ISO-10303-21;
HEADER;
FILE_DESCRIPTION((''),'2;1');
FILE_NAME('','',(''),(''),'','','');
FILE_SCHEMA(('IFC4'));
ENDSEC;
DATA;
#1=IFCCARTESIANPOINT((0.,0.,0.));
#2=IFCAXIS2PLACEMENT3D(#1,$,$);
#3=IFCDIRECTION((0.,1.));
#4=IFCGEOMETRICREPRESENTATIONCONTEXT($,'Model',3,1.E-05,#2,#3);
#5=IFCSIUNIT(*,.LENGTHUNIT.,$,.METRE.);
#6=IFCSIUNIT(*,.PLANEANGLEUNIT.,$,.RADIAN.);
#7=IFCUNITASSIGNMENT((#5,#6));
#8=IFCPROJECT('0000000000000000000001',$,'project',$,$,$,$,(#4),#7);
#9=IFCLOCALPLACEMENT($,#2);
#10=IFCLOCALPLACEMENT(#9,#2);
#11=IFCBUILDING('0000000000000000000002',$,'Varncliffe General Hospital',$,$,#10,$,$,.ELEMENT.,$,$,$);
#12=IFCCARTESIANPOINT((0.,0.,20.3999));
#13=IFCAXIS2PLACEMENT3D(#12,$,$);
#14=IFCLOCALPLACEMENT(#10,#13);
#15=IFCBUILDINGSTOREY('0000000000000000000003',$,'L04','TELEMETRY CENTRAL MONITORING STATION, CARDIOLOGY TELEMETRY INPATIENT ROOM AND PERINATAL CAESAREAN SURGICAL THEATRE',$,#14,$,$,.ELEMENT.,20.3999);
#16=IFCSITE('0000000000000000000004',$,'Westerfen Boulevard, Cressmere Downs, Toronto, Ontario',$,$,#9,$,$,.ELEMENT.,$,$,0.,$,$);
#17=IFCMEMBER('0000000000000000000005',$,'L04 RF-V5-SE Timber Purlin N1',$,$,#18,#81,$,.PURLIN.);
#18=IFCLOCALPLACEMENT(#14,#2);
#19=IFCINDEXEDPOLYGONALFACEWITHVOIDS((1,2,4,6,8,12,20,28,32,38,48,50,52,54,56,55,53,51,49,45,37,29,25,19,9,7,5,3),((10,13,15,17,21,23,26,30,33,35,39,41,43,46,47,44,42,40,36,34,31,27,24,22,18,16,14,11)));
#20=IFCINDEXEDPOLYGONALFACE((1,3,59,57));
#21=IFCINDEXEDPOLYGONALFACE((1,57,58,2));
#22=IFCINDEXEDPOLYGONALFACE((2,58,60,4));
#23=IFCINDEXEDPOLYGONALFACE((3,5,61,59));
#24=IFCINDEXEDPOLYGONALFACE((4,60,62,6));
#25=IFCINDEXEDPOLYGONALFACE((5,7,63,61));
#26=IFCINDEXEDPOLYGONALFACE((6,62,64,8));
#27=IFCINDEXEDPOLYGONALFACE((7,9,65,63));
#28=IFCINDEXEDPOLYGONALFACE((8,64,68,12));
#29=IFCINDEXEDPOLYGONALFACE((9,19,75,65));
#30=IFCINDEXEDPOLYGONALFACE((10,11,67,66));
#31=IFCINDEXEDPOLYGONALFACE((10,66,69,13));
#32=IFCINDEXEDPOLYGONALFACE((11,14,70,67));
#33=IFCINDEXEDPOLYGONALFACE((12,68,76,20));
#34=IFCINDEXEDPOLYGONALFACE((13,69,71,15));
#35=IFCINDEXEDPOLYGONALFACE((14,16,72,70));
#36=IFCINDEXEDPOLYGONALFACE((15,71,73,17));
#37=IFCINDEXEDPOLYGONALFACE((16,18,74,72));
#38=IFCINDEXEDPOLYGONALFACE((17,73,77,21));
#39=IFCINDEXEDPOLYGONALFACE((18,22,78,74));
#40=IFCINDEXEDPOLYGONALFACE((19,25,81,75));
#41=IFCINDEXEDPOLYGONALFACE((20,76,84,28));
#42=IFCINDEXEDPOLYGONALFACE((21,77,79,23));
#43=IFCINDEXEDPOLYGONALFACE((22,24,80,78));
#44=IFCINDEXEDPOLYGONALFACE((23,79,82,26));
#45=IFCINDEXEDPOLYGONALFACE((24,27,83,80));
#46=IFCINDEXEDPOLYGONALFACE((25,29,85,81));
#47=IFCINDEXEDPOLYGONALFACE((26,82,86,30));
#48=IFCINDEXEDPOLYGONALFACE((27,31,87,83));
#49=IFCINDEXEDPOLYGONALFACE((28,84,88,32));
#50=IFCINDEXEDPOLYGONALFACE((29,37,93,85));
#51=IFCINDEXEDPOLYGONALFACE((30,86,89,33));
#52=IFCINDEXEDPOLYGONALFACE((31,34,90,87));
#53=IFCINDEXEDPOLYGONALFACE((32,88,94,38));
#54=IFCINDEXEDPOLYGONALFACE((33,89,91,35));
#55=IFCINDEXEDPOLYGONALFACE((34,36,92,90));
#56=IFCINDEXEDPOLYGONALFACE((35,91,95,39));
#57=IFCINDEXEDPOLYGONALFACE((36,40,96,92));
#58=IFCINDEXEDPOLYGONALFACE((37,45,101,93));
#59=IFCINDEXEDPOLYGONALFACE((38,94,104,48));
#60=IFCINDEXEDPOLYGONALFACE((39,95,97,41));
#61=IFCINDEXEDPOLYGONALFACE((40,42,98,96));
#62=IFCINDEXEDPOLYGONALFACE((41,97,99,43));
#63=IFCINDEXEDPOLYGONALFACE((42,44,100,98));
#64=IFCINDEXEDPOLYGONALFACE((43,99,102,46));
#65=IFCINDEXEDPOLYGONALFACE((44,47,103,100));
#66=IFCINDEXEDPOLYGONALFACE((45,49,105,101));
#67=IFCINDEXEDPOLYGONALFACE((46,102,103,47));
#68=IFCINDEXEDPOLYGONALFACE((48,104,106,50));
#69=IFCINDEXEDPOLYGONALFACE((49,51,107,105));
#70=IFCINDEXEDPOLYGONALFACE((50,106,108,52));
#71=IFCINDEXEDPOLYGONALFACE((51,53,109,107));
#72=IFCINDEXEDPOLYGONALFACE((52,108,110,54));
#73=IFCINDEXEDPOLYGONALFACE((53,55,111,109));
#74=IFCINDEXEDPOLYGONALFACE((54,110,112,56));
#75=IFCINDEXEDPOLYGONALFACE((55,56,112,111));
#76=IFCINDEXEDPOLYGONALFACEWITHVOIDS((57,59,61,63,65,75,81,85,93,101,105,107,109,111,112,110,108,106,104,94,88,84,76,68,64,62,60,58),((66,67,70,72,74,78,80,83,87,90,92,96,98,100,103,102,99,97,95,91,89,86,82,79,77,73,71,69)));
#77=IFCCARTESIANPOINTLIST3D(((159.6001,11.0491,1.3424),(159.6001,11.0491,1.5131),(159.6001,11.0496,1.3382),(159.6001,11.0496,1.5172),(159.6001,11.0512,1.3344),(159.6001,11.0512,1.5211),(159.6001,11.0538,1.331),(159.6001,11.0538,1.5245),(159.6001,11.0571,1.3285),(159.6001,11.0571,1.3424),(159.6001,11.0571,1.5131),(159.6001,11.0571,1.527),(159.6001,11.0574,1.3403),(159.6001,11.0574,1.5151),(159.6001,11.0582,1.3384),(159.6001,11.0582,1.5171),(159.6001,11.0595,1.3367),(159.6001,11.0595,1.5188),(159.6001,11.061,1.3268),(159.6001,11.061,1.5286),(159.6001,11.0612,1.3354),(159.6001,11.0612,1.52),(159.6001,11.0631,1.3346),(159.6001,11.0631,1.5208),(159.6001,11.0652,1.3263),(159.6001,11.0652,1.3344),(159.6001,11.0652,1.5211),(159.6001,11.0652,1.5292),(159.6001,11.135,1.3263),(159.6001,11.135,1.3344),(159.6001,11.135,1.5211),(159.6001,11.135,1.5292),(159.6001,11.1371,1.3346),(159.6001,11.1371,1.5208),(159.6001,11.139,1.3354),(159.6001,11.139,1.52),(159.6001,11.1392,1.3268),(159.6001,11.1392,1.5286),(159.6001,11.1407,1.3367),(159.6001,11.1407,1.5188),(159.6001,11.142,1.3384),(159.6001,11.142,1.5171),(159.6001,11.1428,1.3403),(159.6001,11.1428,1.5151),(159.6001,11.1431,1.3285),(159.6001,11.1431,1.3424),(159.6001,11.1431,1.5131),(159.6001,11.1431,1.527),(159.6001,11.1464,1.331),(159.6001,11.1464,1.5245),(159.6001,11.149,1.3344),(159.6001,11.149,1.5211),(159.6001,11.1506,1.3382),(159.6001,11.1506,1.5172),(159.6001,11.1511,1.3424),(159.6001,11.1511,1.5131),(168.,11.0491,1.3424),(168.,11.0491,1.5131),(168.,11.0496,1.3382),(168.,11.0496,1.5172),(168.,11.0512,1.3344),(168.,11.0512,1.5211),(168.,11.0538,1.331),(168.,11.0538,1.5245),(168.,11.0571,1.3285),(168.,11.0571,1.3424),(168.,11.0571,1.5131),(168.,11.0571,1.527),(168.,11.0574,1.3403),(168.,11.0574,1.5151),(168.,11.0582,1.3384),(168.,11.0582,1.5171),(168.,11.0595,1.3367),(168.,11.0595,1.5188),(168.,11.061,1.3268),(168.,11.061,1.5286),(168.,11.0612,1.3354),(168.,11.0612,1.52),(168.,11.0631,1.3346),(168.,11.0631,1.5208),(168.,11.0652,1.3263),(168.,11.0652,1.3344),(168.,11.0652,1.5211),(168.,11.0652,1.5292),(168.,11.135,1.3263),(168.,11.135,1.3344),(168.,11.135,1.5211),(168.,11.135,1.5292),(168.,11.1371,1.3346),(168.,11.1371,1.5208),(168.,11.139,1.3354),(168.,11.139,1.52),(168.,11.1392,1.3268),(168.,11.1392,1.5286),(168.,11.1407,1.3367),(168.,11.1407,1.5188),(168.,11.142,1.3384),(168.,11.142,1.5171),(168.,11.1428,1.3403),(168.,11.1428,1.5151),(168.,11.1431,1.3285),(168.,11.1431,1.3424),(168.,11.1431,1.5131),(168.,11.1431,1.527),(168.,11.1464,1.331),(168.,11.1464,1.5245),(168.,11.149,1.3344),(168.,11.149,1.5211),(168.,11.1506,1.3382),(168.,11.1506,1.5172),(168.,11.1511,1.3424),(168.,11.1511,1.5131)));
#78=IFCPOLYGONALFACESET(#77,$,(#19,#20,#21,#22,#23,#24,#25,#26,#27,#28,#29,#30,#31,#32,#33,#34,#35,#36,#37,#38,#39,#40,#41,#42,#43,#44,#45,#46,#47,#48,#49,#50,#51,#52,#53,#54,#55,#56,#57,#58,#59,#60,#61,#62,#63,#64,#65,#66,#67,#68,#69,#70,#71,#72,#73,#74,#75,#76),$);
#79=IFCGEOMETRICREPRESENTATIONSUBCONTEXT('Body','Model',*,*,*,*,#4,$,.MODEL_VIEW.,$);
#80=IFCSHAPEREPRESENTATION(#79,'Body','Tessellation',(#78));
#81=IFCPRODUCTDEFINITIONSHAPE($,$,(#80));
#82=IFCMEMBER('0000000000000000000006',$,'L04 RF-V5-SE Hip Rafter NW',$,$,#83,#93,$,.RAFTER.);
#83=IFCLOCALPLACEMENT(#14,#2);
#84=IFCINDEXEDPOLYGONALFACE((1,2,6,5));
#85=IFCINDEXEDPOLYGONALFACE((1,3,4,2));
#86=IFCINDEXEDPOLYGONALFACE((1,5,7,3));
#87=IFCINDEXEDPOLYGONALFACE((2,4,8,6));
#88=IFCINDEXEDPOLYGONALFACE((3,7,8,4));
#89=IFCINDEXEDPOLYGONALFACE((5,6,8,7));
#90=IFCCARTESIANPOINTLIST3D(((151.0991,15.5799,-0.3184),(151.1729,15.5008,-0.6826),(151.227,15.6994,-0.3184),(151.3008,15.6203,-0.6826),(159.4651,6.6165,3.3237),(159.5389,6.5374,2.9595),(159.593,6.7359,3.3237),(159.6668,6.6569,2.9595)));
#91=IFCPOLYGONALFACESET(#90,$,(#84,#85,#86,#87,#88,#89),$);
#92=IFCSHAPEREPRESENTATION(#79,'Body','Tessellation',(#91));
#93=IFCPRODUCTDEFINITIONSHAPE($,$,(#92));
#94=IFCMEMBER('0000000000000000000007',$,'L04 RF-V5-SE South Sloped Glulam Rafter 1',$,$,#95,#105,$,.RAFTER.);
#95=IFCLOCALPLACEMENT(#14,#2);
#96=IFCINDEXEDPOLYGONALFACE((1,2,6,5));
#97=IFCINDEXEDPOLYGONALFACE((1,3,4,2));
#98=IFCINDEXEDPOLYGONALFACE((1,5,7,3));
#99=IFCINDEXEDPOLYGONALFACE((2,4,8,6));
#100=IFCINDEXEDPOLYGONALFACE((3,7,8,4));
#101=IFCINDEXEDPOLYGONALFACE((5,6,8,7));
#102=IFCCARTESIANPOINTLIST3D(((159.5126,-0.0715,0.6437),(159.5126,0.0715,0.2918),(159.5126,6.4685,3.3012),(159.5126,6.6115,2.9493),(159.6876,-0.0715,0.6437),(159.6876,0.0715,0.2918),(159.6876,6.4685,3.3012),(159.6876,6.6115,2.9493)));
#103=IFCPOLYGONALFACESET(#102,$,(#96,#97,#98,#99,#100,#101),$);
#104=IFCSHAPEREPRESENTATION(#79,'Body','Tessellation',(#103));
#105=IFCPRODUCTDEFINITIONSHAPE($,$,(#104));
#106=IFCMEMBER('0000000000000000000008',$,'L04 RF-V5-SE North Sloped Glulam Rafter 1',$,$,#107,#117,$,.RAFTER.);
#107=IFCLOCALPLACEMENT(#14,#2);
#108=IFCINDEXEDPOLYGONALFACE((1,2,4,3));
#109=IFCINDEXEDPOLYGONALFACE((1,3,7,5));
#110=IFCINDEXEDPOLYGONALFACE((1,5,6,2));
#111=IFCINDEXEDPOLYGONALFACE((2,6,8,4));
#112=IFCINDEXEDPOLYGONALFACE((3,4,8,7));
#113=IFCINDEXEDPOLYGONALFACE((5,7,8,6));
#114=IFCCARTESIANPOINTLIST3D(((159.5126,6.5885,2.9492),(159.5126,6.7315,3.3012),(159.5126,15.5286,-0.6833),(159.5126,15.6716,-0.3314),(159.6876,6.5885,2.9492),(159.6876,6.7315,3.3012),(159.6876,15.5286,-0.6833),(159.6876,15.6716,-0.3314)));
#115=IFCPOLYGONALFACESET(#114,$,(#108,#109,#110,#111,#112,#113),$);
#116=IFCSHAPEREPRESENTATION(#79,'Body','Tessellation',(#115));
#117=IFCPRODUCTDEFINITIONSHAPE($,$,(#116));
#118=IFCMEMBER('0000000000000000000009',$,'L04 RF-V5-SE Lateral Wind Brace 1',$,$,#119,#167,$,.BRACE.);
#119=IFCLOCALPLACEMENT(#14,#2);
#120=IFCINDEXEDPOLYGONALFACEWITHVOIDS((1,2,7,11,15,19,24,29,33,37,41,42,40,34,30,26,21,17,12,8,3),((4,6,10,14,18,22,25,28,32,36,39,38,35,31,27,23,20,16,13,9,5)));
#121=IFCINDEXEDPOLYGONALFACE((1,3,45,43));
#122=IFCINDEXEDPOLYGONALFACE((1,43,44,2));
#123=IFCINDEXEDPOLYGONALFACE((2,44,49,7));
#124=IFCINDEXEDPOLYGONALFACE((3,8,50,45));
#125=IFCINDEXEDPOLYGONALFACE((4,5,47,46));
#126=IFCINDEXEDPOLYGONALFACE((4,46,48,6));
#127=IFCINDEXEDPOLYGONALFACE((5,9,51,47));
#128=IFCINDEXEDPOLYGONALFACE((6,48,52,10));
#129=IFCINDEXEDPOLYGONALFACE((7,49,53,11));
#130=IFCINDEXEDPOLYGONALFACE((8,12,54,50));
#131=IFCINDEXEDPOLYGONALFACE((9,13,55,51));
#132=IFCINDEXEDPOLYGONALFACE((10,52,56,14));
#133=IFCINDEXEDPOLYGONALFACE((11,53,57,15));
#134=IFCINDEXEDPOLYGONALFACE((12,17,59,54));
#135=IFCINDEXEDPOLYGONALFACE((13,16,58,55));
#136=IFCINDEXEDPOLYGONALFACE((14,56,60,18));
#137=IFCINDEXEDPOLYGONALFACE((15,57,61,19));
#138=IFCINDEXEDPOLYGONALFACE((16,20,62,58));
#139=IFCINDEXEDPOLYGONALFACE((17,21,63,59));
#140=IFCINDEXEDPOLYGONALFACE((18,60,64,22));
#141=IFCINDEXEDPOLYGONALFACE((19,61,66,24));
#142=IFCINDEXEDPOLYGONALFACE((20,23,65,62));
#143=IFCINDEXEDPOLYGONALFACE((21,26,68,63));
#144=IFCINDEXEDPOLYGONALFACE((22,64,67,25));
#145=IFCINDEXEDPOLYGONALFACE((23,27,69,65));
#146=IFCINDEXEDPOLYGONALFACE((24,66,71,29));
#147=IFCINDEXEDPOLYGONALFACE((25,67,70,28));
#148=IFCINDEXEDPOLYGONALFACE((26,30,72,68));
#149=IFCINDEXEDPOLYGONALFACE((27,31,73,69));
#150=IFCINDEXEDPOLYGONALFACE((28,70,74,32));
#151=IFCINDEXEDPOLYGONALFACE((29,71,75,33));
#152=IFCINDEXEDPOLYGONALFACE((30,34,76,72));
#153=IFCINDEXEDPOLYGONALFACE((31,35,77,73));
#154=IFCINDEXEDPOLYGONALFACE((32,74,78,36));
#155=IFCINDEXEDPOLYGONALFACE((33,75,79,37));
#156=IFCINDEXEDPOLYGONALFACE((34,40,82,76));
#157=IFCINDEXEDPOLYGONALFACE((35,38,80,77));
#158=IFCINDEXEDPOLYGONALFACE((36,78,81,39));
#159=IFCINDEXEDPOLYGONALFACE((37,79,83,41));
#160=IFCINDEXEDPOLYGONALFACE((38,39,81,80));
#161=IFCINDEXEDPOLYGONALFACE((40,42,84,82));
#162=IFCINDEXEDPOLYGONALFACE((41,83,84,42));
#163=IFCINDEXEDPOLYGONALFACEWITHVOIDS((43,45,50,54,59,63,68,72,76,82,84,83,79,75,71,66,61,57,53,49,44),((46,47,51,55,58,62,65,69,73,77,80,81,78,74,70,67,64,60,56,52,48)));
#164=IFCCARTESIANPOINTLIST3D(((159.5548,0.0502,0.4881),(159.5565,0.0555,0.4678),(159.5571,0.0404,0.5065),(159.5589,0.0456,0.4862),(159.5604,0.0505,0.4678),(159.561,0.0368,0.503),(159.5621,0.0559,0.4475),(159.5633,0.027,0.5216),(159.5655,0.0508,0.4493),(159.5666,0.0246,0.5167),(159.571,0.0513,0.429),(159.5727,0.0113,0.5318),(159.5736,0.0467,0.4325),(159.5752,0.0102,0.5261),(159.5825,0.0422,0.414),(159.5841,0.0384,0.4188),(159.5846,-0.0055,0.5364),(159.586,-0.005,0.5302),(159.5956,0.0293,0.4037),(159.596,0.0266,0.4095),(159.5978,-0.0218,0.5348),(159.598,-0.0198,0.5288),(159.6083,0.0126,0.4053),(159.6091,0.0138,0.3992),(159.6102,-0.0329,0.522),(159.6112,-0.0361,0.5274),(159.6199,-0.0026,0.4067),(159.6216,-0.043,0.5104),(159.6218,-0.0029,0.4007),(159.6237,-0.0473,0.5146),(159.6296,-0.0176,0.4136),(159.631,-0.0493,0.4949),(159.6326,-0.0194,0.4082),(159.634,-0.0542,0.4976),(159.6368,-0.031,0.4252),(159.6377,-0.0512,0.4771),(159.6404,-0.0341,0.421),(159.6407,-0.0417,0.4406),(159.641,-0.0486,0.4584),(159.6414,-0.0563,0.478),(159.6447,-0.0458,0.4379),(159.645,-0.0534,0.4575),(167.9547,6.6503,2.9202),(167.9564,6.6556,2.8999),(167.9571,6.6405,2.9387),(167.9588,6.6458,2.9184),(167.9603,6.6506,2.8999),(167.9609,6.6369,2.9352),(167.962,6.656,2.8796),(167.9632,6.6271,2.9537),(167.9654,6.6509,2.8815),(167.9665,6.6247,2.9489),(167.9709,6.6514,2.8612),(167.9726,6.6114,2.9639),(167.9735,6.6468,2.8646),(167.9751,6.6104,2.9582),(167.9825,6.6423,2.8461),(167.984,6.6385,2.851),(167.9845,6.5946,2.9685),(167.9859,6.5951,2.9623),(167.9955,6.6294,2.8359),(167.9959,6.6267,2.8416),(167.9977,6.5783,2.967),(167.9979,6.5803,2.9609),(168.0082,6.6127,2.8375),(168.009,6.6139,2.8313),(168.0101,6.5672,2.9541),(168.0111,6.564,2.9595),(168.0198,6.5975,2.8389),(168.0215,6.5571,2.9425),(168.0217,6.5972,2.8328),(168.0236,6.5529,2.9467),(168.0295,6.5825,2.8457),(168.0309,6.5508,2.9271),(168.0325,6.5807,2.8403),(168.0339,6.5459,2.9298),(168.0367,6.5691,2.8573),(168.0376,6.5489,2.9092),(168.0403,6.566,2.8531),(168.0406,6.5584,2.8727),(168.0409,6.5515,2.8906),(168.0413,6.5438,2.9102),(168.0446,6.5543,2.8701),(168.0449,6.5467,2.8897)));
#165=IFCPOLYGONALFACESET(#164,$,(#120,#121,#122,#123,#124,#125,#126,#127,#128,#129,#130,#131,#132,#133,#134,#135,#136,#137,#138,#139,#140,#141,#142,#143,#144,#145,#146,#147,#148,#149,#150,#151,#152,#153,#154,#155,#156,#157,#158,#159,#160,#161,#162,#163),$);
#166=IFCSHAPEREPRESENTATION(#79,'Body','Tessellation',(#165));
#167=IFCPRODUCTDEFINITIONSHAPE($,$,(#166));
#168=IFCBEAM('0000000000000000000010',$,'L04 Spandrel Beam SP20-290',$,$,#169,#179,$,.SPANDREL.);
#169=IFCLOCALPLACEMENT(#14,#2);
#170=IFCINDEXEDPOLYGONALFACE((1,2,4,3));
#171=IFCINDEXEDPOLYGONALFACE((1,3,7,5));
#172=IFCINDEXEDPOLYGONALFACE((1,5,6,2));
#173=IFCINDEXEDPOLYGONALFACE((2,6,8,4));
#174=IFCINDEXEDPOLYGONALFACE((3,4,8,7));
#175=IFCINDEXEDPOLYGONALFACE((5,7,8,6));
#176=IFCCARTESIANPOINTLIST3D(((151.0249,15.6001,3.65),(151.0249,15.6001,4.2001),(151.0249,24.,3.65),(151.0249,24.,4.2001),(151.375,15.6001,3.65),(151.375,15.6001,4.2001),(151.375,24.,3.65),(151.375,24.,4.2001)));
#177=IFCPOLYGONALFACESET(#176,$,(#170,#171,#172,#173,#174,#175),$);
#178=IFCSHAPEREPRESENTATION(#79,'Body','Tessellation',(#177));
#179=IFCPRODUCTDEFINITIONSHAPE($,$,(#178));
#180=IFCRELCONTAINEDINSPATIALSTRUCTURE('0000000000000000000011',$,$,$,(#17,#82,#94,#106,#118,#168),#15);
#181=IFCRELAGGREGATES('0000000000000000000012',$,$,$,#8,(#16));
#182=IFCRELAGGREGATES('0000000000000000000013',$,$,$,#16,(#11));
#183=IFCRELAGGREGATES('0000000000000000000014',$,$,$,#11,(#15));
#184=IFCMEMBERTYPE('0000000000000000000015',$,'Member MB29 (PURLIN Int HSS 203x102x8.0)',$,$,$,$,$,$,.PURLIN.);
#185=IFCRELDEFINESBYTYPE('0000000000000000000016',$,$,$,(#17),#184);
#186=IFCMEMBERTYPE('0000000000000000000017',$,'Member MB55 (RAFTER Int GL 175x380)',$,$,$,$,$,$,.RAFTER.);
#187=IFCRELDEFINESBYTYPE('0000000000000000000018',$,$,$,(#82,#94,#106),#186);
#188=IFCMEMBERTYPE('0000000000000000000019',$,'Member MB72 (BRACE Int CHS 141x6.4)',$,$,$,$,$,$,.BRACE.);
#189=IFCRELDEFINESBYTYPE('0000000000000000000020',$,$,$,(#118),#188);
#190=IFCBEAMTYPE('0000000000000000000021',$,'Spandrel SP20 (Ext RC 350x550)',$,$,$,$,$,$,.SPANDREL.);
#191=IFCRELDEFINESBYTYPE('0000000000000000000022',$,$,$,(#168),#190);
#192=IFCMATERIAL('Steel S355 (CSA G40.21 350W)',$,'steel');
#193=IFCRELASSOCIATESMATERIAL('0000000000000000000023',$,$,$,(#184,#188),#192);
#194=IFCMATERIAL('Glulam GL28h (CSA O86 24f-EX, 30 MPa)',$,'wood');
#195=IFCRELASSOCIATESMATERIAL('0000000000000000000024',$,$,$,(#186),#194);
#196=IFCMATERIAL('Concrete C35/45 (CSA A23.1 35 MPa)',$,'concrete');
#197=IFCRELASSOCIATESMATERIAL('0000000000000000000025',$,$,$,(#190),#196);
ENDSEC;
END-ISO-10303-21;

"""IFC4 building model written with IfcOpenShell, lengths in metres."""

from ifc_helpers import new_model, si_unit, direction, frame, origin, origin_2d, place, context, subcontext, project, spatial, rectangle, hollow_rectangle, hollow_circle, extrude, material, material_profile, profile_set, type_object, element, save


model = new_model("IFC4")

# Units and contexts
model_context = context("Model", 3, precision=1e-05, world=origin(), true_north=direction((0.0, 1.0)))
body_context = subcontext(model_context, "Body", "Model", "MODEL_VIEW")
ifc_project = project(units=[si_unit("LENGTHUNIT", "METRE"), si_unit("PLANEANGLEUNIT", "RADIAN")], contexts=[model_context])

# Site, building, storey
site_placement = place(None, origin())
site = spatial("IfcSite", under=ifc_project, at=site_placement, Name="Westerfen Boulevard, Cressmere Downs, Toronto, Ontario", CompositionType="ELEMENT", RefElevation=0.0)
building_placement = place(site_placement, origin())
building = spatial("IfcBuilding", under=site, at=building_placement, Name="Varncliffe General Hospital", CompositionType="ELEMENT")
storey_placement = place(building_placement, frame((0.0, 0.0, 20.3999)))
storey = spatial("IfcBuildingStorey", under=building, at=storey_placement, Name="L04", Description="TELEMETRY CENTRAL MONITORING STATION, CARDIOLOGY TELEMETRY INPATIENT ROOM AND PERINATAL CAESAREAN SURGICAL THEATRE", CompositionType="ELEMENT", Elevation=20.3999)

# Shared definitions
ifc_material_1 = material(Name="Concrete C35/45 (CSA A23.1 35 MPa)", Category="concrete")
ifc_material_2 = material(Name="Glulam GL28h (CSA O86 24f-EX, 30 MPa)", Category="wood")

# Members
ifc_material_3 = material(Name="Steel S355 (CSA G40.21 350W)", Category="steel")
ifc_material_profile_1 = material_profile(ifc_material_3, hollow_rectangle(XDim=0.1021, YDim=0.2029, WallThickness=0.0081, InnerFilletRadius=0.0081, OuterFilletRadius=0.0161, at=origin_2d()), Name="HSS 203x102x8.0")
ifc_profile_set_1 = profile_set([ifc_material_profile_1], Name="Steel S355 (CSA G40.21 350W)")
member_type_1 = type_object("IfcMemberType", Name="Member MB29 (PURLIN Int HSS 203x102x8.0)", PredefinedType="PURLIN", material=ifc_profile_set_1)
for number, where, z_axis, x_axis, name in (
    (1, (159.6001, 11.1001, 1.4277), (1.0, 0.0, 0.0), (0.0, 1.0, 0.0), "L04 RF-V5-SE Timber Purlin N1"),
):
    element("IfcMember", number, at=place(storey_placement, frame(where, z_axis=z_axis, x_axis=x_axis)), inside=storey, type_object=member_type_1, Name=name, PredefinedType="PURLIN", context=body_context, shape_type="SweptSolid", body=[
        extrude(hollow_rectangle(XDim=0.1021, YDim=0.2029, WallThickness=0.0081, InnerFilletRadius=0.0081, OuterFilletRadius=0.0161, at=origin_2d()), origin(), (0.0, 0.0, 1.0), 8.3999),
    ])
ifc_material_profile_2 = material_profile(ifc_material_2, rectangle(XDim=0.175, YDim=0.3799, at=origin_2d()), Name="GL 175x380")
ifc_profile_set_2 = profile_set([ifc_material_profile_2], Name="Glulam GL28h (CSA O86 24f-EX, 30 MPa)")
member_type_2 = type_object("IfcMemberType", Name="Member MB55 (RAFTER Int GL 175x380)", PredefinedType="RAFTER", material=ifc_profile_set_2)
member_1_placement = place(storey_placement, frame((151.2, 15.6001, -0.5005), z_axis=(0.654078, -0.700785, 0.28475), x_axis=(0.731049, 0.682325, 0.0)))
element("IfcMember", 2, at=member_1_placement, inside=storey, type_object=member_type_2, Name="L04 RF-V5-SE Hip Rafter NW", PredefinedType="RAFTER", context=body_context, shape_type="SweptSolid", body=[
    extrude(rectangle(XDim=0.175, YDim=0.3799, at=origin_2d()), origin(), (0.0, 0.0, 1.0), 12.7905),
])
member_2_placement = place(storey_placement, frame((159.6001, 0.0, 0.4678), z_axis=(0.0, 0.926438, 0.376448), x_axis=(-1.0, 0.0, 0.0)))
element("IfcMember", 3, at=member_2_placement, inside=storey, type_object=member_type_2, Name="L04 RF-V5-SE South Sloped Glulam Rafter 1", PredefinedType="RAFTER", context=body_context, shape_type="SweptSolid", body=[
    extrude(rectangle(XDim=0.175, YDim=0.3799, at=origin_2d()), origin(), (0.0, 0.0, 1.0), 7.0593),
])
member_3_placement = place(storey_placement, frame((159.6001, 15.6001, -0.5073), z_axis=(0.0, -0.926444, 0.376432), x_axis=(1.0, 0.0, 0.0)))
element("IfcMember", 4, at=member_3_placement, inside=storey, type_object=member_type_2, Name="L04 RF-V5-SE North Sloped Glulam Rafter 1", PredefinedType="RAFTER", context=body_context, shape_type="SweptSolid", body=[
    extrude(rectangle(XDim=0.175, YDim=0.3799, at=origin_2d()), origin(), (0.0, 0.0, 1.0), 9.6499),
])
ifc_material_profile_3 = material_profile(ifc_material_3, hollow_circle(Radius=0.0706, WallThickness=0.0063, at=origin_2d()), Name="CHS 141x6.4")
ifc_profile_set_3 = profile_set([ifc_material_profile_3], Name="Steel S355 (CSA G40.21 350W)")
member_type_3 = type_object("IfcMemberType", Name="Member MB72 (BRACE Int CHS 141x6.4)", PredefinedType="BRACE", material=ifc_profile_set_3)
member_4_placement = place(storey_placement, frame((159.6001, 0.0, 0.4678), z_axis=(0.766691, 0.602416, 0.22199), x_axis=(-0.617832, 0.78631, 0.0)))
element("IfcMember", 5, at=member_4_placement, inside=storey, type_object=member_type_3, Name="L04 RF-V5-SE Lateral Wind Brace 1", PredefinedType="BRACE", context=body_context, shape_type="SweptSolid", body=[
    extrude(hollow_circle(Radius=0.0706, WallThickness=0.0063, at=origin_2d()), origin(), (0.0, 0.0, 1.0), 10.9561),
])

# Beam
ifc_material_profile_4 = material_profile(ifc_material_1, rectangle(XDim=0.3501, YDim=0.55, at=origin_2d()), Name="RC 350x550")
ifc_profile_set_4 = profile_set([ifc_material_profile_4], Name="Concrete C35/45 (CSA A23.1 35 MPa)")
beam_type_1 = type_object("IfcBeamType", Name="Spandrel SP20 (Ext RC 350x550)", PredefinedType="SPANDREL", material=ifc_profile_set_4)
beam_1_placement = place(storey_placement, frame((151.2, 15.6001, 3.925), z_axis=(0.0, 1.0, 0.0), x_axis=(-1.0, 0.0, 0.0)))
element("IfcBeam", 6, at=beam_1_placement, inside=storey, type_object=beam_type_1, Name="L04 Spandrel Beam SP20-290", PredefinedType="SPANDREL", context=body_context, shape_type="SweptSolid", body=[
    extrude(rectangle(XDim=0.3501, YDim=0.55, at=origin_2d()), origin(), (0.0, 0.0, 1.0), 8.3999),
])

save(model, "model.ifc")
